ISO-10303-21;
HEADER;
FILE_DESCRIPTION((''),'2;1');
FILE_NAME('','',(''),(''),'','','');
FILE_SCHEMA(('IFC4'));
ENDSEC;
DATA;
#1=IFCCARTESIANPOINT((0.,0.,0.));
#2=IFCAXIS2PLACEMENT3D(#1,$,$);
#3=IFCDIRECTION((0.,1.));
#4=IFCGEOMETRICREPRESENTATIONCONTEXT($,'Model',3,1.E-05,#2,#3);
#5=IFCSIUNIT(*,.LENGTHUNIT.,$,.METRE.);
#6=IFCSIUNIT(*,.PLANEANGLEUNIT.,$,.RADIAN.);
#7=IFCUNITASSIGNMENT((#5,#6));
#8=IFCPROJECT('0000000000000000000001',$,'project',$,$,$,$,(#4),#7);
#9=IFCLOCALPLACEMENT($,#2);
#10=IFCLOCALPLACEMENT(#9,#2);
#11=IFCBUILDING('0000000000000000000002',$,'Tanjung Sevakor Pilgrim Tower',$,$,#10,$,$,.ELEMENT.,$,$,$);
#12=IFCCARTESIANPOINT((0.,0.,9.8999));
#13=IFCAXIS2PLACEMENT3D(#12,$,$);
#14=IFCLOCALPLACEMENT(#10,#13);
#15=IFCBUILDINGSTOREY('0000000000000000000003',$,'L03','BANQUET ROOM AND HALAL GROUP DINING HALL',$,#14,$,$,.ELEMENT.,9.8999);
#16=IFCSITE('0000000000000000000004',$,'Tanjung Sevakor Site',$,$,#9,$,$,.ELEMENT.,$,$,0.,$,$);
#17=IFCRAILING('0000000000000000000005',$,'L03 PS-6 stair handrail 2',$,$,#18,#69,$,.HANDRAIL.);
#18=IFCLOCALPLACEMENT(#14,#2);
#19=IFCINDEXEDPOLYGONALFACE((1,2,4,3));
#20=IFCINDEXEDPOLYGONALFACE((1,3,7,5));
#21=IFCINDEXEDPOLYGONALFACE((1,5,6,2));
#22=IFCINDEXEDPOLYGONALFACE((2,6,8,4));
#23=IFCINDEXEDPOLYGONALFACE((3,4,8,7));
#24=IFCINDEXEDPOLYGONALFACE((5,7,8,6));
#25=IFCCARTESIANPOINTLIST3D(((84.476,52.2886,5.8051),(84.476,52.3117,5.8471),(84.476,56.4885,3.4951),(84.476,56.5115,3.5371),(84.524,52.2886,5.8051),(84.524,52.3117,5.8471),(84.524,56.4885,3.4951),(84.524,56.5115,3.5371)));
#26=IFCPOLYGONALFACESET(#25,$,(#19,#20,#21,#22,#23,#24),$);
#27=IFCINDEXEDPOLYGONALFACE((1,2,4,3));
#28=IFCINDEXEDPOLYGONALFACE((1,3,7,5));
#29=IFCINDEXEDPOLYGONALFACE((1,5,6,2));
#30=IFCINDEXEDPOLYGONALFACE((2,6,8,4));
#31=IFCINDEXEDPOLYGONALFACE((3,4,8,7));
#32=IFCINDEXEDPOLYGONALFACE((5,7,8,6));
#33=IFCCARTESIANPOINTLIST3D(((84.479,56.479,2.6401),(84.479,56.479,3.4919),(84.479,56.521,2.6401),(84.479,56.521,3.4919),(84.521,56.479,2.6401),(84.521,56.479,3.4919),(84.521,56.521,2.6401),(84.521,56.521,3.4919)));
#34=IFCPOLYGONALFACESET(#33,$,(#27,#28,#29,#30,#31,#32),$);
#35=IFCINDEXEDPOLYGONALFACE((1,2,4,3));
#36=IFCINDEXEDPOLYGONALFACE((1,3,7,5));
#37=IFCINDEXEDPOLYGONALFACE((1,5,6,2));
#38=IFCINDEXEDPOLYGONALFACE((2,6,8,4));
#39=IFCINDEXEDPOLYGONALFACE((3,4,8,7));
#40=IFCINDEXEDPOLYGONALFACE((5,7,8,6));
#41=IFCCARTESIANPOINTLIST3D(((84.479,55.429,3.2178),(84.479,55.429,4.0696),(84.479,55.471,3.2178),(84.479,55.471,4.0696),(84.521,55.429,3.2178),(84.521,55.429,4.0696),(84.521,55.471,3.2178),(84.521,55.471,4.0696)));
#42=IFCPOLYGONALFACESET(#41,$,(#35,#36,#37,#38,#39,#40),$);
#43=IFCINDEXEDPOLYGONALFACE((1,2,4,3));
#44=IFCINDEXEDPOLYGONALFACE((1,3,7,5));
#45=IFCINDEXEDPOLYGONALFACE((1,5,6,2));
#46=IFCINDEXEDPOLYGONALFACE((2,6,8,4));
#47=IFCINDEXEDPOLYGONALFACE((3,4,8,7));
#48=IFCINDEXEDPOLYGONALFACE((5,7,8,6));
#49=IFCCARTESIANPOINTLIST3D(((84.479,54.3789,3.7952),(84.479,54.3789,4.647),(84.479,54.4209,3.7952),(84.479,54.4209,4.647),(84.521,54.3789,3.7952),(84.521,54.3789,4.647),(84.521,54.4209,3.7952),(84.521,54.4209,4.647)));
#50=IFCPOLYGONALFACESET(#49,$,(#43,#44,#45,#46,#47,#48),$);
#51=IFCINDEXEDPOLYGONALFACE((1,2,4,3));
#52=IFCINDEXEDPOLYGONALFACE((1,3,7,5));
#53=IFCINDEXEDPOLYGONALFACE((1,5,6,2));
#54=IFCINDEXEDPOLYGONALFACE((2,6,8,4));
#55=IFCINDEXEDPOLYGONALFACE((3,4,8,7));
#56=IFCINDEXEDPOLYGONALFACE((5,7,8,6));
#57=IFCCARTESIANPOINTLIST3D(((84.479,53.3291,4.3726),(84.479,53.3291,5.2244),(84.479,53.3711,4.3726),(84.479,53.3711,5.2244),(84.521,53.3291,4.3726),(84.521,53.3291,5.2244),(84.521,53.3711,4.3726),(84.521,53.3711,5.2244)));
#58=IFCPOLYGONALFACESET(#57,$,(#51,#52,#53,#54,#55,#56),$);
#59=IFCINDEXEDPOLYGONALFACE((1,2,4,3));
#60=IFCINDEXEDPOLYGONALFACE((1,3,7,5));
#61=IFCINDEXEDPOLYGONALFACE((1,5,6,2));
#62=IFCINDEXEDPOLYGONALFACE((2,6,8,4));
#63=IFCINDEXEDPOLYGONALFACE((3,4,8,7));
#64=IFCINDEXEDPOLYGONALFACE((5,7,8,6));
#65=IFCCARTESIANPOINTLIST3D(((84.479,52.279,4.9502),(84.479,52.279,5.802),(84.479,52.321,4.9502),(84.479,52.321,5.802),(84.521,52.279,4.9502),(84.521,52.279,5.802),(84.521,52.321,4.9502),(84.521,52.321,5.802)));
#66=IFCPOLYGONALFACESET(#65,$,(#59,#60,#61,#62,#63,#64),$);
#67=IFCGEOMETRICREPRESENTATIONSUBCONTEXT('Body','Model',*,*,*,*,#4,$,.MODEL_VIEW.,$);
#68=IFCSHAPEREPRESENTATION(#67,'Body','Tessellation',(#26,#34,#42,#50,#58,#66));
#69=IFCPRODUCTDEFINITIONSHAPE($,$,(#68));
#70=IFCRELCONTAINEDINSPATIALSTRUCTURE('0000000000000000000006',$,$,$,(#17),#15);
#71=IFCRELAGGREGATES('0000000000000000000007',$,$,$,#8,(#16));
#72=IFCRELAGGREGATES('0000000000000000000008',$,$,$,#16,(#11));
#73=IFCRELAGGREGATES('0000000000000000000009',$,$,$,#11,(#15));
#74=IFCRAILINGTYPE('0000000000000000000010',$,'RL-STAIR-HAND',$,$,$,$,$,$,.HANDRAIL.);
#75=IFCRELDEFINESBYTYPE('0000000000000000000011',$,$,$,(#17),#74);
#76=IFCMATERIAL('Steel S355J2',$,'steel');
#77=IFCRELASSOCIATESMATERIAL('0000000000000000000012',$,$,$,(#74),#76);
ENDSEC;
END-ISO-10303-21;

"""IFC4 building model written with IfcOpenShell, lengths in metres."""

from ifc_helpers import new_model, si_unit, direction, frame, origin, place, context, subcontext, project, spatial, rectangle, extrude, material, type_object, element, save


model = new_model("IFC4")

# Units and contexts
model_context = context("Model", 3, precision=1e-05, world=origin(), true_north=direction((0.0, 1.0)))
body_context = subcontext(model_context, "Body", "Model", "MODEL_VIEW")
ifc_project = project(units=[si_unit("LENGTHUNIT", "METRE"), si_unit("PLANEANGLEUNIT", "RADIAN")], contexts=[model_context])

# Site, building, storey
site_placement = place(None, origin())
site = spatial("IfcSite", under=ifc_project, at=site_placement, Name="Tanjung Sevakor Site", CompositionType="ELEMENT", RefElevation=0.0)
building_placement = place(site_placement, origin())
building = spatial("IfcBuilding", under=site, at=building_placement, Name="Tanjung Sevakor Pilgrim Tower", CompositionType="ELEMENT")
storey_placement = place(building_placement, frame((0.0, 0.0, 9.8999)))
storey = spatial("IfcBuildingStorey", under=building, at=storey_placement, Name="L03", Description="BANQUET ROOM AND HALAL GROUP DINING HALL", CompositionType="ELEMENT", Elevation=9.8999)

# Railing
ifc_material_1 = material(Name="Steel S355J2", Category="steel")
railing_type_1 = type_object("IfcRailingType", Name="RL-STAIR-HAND", PredefinedType="HANDRAIL", material=ifc_material_1)
railing_1_placement = place(storey_placement, frame((84.5, 56.5, 2.6401)))
element("IfcRailing", 1, at=railing_1_placement, inside=storey, type_object=railing_type_1, Name="L03 PS-6 stair handrail 2", PredefinedType="HANDRAIL", context=body_context, shape_type="SweptSolid", body=[
    extrude(rectangle(XDim=0.0479, YDim=0.0479), frame((0.0, 0.0, 0.876), z_axis=(0.0, -0.876208, 0.481932), x_axis=(1.0, 0.0, 0.0)), (0.0, 0.0, 1.0), 4.7932),
    extrude(rectangle(XDim=0.042, YDim=0.042), origin(), (0.0, 0.0, 1.0), 0.8518),
    extrude(rectangle(XDim=0.042, YDim=0.042), frame((0.0, -1.05, 0.5776)), (0.0, 0.0, 1.0), 0.8518),
    extrude(rectangle(XDim=0.042, YDim=0.042), frame((0.0, -2.1001, 1.155)), (0.0, 0.0, 1.0), 0.8518),
    extrude(rectangle(XDim=0.042, YDim=0.042), frame((0.0, -3.1499, 1.7324)), (0.0, 0.0, 1.0), 0.8518),
    extrude(rectangle(XDim=0.042, YDim=0.042), frame((0.0, -4.2, 2.3101)), (0.0, 0.0, 1.0), 0.8518),
])

save(model, "model.ifc")
